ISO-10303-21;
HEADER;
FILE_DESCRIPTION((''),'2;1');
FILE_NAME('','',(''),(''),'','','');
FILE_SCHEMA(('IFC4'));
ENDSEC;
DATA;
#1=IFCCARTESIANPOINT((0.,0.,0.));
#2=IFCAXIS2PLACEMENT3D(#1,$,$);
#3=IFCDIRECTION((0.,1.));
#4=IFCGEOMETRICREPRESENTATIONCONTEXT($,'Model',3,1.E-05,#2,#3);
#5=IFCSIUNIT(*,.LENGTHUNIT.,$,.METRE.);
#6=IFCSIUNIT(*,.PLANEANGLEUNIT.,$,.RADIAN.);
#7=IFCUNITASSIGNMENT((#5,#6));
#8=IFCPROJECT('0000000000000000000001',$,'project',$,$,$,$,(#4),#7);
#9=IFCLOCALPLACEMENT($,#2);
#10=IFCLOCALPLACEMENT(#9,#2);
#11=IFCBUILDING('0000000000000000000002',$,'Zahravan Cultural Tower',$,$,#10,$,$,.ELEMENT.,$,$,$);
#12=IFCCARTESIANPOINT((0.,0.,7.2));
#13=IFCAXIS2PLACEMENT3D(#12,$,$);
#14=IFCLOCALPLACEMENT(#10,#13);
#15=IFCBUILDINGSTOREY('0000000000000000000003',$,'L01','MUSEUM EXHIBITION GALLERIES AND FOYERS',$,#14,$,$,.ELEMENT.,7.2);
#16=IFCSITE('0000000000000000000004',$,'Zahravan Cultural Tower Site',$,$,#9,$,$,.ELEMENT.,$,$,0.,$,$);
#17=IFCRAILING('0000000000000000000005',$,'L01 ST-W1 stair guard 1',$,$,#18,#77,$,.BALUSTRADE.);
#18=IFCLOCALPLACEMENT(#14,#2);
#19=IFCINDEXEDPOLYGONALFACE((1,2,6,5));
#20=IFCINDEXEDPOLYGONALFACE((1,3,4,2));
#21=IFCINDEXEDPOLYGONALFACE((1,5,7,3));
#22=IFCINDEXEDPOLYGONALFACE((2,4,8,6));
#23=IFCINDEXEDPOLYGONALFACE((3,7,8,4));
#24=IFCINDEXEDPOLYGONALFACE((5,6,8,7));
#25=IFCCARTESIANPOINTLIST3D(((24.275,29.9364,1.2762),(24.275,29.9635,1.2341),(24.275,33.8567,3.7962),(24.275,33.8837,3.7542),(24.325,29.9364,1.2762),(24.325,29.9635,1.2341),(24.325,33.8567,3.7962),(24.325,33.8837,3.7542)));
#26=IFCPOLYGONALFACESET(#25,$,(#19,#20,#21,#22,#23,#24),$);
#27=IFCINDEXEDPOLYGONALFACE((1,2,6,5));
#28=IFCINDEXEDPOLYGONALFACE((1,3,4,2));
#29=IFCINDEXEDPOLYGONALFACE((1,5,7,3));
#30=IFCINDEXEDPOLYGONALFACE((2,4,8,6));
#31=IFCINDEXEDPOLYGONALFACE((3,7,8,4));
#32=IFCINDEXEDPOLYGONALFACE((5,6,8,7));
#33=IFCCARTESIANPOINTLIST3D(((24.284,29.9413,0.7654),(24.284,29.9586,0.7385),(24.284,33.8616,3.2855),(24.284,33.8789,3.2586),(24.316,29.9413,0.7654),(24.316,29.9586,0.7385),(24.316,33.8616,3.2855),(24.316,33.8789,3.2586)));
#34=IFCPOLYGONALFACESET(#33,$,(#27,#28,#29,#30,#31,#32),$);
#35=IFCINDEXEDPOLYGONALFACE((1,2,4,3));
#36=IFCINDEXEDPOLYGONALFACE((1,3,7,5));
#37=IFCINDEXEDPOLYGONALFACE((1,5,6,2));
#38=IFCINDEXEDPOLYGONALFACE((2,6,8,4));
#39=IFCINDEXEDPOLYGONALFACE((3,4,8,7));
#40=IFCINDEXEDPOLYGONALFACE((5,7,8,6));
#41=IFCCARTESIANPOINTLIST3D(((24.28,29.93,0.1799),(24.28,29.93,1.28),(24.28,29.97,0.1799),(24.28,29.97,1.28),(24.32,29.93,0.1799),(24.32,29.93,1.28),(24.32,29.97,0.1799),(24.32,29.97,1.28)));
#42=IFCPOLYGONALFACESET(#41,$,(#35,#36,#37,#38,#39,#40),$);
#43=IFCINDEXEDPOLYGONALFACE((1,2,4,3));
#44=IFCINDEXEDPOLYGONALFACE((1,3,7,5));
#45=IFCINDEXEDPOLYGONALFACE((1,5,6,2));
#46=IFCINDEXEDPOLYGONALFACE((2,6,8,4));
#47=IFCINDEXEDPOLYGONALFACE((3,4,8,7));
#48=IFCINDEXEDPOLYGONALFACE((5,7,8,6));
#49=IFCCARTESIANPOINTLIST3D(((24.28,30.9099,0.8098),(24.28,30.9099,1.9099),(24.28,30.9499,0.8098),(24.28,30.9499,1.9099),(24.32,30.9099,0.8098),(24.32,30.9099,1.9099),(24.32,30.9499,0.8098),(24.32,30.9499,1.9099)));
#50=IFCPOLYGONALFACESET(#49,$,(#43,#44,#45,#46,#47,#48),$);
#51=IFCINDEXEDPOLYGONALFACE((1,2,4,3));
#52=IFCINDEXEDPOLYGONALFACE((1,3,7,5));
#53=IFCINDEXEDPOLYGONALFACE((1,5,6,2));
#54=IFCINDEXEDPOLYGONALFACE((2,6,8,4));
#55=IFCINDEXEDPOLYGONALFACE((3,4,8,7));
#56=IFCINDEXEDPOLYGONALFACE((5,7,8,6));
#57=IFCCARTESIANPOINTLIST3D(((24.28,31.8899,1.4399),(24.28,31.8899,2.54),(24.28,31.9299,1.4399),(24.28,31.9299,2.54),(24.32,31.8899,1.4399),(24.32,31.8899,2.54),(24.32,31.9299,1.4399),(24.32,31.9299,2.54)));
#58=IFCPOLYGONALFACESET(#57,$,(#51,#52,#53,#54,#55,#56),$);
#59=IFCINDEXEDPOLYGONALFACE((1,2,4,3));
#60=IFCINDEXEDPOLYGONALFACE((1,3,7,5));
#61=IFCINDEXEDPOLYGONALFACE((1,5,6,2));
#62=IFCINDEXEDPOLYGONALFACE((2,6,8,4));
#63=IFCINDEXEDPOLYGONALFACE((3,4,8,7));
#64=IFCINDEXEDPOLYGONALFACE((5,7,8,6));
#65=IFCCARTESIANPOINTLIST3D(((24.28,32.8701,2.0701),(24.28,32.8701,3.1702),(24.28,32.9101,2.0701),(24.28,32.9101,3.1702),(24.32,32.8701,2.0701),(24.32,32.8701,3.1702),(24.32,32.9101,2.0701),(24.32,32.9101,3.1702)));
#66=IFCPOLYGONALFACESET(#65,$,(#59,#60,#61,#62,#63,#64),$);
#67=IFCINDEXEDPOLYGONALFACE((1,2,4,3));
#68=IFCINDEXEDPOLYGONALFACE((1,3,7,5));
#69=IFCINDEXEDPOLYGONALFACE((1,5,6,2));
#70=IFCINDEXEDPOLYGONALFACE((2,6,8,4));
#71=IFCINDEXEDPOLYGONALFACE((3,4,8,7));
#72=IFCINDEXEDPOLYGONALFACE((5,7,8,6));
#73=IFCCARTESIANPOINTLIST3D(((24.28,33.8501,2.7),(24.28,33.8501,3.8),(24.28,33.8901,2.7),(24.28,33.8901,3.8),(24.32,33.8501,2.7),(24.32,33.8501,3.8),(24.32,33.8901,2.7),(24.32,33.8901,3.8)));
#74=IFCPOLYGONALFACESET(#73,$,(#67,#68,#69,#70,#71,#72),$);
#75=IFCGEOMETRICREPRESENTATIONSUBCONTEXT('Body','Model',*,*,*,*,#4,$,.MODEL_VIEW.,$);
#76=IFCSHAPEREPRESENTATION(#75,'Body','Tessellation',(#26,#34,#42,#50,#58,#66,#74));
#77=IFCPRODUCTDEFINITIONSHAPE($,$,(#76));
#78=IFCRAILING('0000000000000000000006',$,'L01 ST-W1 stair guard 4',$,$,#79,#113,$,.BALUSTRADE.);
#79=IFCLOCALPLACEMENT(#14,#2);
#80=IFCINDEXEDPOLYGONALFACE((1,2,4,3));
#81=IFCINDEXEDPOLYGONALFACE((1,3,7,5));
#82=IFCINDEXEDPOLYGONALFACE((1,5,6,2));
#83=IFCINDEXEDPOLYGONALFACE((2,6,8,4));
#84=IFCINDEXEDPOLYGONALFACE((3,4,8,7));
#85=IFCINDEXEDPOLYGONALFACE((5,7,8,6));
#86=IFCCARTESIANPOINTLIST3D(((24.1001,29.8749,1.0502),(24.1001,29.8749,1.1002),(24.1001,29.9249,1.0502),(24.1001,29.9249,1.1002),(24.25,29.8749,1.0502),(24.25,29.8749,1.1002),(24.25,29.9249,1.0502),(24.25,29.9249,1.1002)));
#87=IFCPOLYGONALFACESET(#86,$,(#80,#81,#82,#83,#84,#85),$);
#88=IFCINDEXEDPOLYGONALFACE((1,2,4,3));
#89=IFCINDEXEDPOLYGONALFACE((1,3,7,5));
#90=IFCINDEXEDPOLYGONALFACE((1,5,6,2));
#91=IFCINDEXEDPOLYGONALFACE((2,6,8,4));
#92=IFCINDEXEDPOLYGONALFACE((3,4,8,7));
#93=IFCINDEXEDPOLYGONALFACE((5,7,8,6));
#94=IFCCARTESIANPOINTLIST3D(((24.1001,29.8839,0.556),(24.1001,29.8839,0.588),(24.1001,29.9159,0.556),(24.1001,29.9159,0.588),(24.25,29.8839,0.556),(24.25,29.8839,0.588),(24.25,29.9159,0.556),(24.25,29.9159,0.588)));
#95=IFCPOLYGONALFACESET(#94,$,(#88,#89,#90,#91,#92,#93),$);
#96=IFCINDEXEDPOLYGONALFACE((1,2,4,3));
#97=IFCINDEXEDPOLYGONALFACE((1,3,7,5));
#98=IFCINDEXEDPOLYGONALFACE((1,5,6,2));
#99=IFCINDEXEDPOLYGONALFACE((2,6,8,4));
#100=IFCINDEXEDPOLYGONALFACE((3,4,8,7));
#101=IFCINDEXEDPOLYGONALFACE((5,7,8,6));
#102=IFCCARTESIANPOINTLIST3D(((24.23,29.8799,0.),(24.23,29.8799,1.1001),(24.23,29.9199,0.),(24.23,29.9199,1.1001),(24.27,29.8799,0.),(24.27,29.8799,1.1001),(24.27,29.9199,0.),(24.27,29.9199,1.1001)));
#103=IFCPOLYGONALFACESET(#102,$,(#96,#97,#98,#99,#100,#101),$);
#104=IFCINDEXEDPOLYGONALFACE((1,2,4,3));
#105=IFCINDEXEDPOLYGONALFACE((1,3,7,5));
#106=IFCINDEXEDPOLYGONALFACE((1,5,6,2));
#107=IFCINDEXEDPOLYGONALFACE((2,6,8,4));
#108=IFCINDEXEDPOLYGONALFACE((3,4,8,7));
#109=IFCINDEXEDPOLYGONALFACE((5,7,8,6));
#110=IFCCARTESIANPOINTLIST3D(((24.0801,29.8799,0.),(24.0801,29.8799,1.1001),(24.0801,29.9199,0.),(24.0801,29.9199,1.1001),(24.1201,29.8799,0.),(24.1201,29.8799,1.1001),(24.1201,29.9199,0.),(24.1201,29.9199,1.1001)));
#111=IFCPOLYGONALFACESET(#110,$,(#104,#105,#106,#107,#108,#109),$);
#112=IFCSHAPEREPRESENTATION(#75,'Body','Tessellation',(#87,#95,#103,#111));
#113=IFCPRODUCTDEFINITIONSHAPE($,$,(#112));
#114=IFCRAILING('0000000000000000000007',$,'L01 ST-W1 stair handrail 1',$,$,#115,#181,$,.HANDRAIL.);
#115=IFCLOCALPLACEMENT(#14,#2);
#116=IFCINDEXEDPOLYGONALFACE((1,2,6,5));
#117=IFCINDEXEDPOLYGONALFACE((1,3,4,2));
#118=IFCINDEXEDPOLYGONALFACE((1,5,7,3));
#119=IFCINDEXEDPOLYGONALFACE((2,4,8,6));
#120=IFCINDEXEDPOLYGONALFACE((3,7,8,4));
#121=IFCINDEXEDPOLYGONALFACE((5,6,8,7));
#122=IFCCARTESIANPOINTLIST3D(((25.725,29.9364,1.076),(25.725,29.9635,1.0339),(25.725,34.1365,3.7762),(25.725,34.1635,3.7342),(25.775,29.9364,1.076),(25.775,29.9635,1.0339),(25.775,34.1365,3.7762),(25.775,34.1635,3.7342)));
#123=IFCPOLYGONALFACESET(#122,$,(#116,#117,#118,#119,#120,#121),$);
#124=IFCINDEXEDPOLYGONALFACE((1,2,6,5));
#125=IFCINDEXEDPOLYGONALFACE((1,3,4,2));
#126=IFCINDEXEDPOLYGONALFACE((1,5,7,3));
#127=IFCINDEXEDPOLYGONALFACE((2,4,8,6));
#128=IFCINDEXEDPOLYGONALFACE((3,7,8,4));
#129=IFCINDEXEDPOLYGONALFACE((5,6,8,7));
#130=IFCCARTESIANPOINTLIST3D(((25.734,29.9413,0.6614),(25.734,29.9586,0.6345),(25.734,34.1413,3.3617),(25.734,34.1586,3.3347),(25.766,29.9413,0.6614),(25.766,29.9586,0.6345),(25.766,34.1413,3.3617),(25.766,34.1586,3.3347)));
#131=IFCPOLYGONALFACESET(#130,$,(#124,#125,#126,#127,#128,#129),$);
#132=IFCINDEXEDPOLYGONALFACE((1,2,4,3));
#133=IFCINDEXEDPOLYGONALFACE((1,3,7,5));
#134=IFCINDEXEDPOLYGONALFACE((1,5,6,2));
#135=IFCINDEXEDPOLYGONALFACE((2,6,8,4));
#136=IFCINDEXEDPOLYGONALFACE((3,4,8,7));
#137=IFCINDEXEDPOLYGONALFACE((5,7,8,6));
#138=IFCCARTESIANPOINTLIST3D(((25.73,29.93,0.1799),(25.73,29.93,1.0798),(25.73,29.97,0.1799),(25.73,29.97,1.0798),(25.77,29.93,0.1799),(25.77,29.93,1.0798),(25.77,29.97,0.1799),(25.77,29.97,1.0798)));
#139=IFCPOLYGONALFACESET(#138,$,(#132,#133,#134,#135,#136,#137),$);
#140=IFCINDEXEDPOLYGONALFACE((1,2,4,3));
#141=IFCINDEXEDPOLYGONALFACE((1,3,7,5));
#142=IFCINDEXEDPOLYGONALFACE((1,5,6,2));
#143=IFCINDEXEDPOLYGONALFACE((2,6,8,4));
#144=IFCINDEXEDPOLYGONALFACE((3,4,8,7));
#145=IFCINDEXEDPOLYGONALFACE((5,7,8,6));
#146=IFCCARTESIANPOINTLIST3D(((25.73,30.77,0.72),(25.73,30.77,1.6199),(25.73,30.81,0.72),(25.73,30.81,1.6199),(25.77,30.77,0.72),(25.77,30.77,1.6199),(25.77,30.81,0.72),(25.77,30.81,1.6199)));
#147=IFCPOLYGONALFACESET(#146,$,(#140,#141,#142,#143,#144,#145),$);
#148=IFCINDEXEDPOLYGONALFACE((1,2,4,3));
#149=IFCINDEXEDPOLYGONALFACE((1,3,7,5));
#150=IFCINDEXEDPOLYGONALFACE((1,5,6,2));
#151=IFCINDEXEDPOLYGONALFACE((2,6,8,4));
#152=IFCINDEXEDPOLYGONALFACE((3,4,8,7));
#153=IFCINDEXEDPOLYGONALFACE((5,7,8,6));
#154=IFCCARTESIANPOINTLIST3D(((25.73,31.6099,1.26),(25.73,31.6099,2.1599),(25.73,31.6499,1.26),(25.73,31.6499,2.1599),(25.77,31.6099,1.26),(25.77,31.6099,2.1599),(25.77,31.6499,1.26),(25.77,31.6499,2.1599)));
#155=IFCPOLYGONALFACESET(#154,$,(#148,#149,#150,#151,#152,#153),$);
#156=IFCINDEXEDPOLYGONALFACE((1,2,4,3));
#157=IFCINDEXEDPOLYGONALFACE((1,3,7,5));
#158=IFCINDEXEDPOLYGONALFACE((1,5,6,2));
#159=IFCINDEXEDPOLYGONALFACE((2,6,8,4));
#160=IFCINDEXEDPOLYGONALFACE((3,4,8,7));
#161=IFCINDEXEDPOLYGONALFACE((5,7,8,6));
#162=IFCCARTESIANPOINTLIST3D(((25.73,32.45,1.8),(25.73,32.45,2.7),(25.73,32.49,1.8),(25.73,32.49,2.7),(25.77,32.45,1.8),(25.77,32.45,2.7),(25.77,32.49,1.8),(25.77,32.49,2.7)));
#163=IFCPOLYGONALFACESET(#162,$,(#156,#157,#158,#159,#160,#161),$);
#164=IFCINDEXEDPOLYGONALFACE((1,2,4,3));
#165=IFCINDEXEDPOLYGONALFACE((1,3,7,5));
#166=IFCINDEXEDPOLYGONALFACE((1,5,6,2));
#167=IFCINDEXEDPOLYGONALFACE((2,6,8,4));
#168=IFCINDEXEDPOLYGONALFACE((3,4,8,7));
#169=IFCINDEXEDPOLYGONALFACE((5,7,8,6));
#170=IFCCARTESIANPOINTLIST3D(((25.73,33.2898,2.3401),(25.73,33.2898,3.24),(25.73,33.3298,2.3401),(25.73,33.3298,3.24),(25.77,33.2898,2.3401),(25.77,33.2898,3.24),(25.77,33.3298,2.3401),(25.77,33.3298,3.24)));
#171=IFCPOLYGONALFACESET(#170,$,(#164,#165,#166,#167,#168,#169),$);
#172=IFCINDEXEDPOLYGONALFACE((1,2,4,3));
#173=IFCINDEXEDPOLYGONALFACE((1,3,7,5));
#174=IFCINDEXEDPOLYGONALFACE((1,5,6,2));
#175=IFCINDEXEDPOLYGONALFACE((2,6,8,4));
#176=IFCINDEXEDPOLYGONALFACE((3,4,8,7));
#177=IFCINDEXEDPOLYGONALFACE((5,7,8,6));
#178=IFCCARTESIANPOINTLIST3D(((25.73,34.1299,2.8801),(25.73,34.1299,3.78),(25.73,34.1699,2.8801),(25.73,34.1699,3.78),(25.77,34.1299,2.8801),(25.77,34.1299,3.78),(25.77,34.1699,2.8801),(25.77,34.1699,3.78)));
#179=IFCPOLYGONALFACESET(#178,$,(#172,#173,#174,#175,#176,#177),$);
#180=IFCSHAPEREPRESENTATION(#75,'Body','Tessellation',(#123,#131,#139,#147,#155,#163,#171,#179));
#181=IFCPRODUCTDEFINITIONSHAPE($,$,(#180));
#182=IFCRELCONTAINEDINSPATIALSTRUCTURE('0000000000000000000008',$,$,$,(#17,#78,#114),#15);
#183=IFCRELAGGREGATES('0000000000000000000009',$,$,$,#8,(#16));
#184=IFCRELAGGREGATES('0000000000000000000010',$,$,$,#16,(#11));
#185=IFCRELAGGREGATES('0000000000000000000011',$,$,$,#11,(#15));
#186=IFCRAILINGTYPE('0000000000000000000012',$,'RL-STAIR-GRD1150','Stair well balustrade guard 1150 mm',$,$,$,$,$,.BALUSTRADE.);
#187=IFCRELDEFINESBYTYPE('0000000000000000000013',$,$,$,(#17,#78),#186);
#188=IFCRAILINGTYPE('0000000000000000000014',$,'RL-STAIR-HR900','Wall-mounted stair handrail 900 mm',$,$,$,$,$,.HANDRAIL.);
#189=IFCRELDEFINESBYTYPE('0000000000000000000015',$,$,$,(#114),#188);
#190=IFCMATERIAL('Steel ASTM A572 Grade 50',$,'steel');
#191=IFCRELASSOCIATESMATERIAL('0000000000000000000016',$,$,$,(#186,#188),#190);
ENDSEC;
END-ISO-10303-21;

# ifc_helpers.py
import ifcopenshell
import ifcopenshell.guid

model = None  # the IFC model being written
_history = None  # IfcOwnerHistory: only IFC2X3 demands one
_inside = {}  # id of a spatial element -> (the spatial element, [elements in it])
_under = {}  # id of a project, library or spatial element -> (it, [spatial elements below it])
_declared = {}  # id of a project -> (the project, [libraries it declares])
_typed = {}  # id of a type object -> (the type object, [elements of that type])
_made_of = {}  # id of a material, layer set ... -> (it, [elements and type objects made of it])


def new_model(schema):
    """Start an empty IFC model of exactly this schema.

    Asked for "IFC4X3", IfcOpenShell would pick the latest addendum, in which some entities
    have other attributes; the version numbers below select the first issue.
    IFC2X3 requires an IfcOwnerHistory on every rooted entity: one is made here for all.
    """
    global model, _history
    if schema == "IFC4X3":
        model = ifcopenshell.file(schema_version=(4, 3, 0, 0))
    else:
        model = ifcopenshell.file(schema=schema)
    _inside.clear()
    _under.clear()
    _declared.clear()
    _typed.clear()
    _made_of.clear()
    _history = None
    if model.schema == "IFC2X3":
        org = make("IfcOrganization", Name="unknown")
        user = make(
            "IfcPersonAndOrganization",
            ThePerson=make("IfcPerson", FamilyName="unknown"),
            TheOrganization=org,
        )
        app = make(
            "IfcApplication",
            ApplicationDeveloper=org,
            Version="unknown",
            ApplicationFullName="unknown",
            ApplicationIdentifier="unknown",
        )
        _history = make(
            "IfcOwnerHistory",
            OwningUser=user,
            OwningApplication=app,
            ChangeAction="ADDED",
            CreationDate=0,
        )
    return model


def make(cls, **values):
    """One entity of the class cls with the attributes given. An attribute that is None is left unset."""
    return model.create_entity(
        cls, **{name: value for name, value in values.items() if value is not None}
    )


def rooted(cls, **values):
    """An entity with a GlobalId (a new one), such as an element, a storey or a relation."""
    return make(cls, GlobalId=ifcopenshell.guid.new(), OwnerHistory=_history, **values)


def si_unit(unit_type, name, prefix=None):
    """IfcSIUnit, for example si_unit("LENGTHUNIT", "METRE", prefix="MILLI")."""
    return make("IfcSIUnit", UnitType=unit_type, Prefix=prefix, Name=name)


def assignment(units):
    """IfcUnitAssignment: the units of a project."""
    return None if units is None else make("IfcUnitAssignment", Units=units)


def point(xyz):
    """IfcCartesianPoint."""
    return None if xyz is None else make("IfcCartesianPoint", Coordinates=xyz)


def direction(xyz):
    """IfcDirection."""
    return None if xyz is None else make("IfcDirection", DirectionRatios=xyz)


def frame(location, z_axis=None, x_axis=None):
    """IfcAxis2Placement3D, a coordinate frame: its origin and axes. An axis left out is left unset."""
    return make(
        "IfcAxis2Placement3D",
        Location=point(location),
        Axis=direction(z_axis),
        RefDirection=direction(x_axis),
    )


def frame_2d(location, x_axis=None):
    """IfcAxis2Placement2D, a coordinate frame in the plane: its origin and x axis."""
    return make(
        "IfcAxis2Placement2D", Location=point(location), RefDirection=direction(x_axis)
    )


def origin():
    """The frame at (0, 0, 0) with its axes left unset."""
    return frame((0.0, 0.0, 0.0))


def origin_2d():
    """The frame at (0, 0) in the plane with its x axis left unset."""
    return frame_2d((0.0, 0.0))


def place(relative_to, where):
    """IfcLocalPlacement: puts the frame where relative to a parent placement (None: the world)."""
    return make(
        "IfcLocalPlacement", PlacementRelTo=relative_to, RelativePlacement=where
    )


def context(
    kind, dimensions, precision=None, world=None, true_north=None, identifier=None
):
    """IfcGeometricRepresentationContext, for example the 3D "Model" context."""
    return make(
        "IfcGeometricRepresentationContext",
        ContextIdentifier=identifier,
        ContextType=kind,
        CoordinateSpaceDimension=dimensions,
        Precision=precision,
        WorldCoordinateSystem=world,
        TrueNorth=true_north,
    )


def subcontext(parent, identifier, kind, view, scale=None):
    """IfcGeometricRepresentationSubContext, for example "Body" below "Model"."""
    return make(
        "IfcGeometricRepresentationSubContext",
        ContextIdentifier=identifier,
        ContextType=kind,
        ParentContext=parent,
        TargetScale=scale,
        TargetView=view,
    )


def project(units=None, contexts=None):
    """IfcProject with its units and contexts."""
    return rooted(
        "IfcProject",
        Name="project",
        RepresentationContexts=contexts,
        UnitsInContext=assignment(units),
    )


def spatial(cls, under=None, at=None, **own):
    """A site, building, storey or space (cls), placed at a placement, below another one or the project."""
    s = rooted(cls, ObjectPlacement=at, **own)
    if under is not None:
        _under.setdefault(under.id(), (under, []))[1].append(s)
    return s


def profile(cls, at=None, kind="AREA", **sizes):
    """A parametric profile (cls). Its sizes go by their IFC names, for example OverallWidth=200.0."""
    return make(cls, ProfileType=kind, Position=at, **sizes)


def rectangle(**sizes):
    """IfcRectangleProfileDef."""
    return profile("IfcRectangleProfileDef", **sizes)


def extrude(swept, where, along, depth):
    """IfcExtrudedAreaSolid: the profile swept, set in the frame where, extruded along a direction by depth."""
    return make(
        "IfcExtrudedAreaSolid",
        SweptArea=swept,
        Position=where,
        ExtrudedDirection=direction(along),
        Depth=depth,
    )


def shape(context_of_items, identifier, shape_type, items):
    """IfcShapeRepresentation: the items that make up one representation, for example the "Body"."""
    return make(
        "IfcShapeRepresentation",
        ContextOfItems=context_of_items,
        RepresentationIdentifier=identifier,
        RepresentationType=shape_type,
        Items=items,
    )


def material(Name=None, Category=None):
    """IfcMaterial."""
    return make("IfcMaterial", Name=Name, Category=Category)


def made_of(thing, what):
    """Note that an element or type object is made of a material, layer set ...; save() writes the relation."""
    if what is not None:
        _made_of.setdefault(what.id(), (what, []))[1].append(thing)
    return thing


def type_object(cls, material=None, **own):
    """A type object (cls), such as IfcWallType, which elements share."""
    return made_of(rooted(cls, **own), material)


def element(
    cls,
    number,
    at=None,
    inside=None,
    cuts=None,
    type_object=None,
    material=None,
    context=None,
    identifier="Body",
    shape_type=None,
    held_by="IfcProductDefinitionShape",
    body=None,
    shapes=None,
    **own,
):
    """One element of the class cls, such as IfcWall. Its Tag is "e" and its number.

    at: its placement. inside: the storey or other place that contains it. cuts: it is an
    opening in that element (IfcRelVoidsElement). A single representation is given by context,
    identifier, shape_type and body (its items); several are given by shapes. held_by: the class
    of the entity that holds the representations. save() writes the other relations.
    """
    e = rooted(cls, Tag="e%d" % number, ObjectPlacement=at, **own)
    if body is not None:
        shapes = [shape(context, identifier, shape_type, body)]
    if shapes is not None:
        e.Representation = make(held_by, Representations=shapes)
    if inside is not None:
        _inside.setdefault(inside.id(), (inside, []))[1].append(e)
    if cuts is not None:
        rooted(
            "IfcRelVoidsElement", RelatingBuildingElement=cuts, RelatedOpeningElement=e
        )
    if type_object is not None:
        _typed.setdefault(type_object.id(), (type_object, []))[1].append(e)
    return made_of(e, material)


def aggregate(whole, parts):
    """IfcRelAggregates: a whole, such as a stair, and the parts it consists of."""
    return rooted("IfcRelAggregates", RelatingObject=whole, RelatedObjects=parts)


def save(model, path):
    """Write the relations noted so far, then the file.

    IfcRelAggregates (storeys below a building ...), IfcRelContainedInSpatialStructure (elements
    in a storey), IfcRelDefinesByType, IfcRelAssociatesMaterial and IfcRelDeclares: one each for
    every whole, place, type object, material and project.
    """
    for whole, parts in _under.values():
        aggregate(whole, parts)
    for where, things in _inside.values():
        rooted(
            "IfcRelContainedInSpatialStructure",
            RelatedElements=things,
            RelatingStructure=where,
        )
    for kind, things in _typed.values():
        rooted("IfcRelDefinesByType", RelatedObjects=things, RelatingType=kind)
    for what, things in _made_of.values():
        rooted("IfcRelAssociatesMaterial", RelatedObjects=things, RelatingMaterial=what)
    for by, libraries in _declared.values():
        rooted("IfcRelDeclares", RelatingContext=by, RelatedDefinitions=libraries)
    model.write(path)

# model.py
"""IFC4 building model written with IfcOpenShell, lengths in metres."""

from ifc_helpers import new_model, si_unit, direction, frame, origin, origin_2d, place, context, subcontext, project, spatial, rectangle, extrude, material, type_object, element, save


model = new_model("IFC4")

# Units and contexts
model_context = context("Model", 3, precision=1e-05, world=origin(), true_north=direction((0.0, 1.0)))
body_context = subcontext(model_context, "Body", "Model", "MODEL_VIEW")
ifc_project = project(units=[si_unit("LENGTHUNIT", "METRE"), si_unit("PLANEANGLEUNIT", "RADIAN")], contexts=[model_context])

# Site, building, storey
site_placement = place(None, origin())
site = spatial("IfcSite", under=ifc_project, at=site_placement, Name="Zahravan Cultural Tower Site", CompositionType="ELEMENT", RefElevation=0.0)
building_placement = place(site_placement, origin())
building = spatial("IfcBuilding", under=site, at=building_placement, Name="Zahravan Cultural Tower", CompositionType="ELEMENT")
storey_placement = place(building_placement, frame((0.0, 0.0, 7.2)))
storey = spatial("IfcBuildingStorey", under=building, at=storey_placement, Name="L01", Description="MUSEUM EXHIBITION GALLERIES AND FOYERS", CompositionType="ELEMENT", Elevation=7.2)

# Shared definitions
ifc_material_1 = material(Name="Steel ASTM A572 Grade 50", Category="steel")

# Railings
railing_type_1 = type_object("IfcRailingType", Name="RL-STAIR-GRD1150", Description="Stair well balustrade guard 1150 mm", PredefinedType="BALUSTRADE", material=ifc_material_1)
railing_1_placement = place(storey_placement, frame((24.3, 29.95, 0.1799)))
element("IfcRailing", 1, at=railing_1_placement, inside=storey, type_object=railing_type_1, Name="L01 ST-W1 stair guard 1", PredefinedType="BALUSTRADE", context=body_context, shape_type="SweptSolid", body=[
    extrude(rectangle(XDim=0.05, YDim=0.05, at=origin_2d()), frame((0.0, 0.0, 1.0752), z_axis=(0.0, 0.841187, 0.540744), x_axis=(-1.0, 0.0, 0.0)), (0.0, 0.0, 1.0), 4.6604),
    extrude(rectangle(XDim=0.032, YDim=0.032, at=origin_2d()), frame((0.0, 0.0, 0.572), z_axis=(0.0, 0.841187, 0.540744), x_axis=(-1.0, 0.0, 0.0)), (0.0, 0.0, 1.0), 4.6604),
    extrude(rectangle(XDim=0.04, YDim=0.04, at=origin_2d()), origin(), (0.0, 0.0, 1.0), 1.1001),
    extrude(rectangle(XDim=0.04, YDim=0.04, at=origin_2d()), frame((0.0, 0.98, 0.6299)), (0.0, 0.0, 1.0), 1.1001),
    extrude(rectangle(XDim=0.04, YDim=0.04, at=origin_2d()), frame((0.0, 1.96, 1.26)), (0.0, 0.0, 1.0), 1.1001),
    extrude(rectangle(XDim=0.04, YDim=0.04, at=origin_2d()), frame((0.0, 2.9402, 1.8901)), (0.0, 0.0, 1.0), 1.1001),
    extrude(rectangle(XDim=0.04, YDim=0.04, at=origin_2d()), frame((0.0, 3.9202, 2.52)), (0.0, 0.0, 1.0), 1.1001),
])
railing_2_placement = place(storey_placement, frame((24.25, 29.8999, 0.0)))
element("IfcRailing", 2, at=railing_2_placement, inside=storey, type_object=railing_type_1, Name="L01 ST-W1 stair guard 4", PredefinedType="BALUSTRADE", context=body_context, shape_type="SweptSolid", body=[
    extrude(rectangle(XDim=0.05, YDim=0.05, at=origin_2d()), frame((0.0, 0.0, 1.0752), z_axis=(-1.0, 0.0, 0.0), x_axis=(0.0, -1.0, 0.0)), (0.0, 0.0, 1.0), 0.1499),
    extrude(rectangle(XDim=0.032, YDim=0.032, at=origin_2d()), frame((0.0, 0.0, 0.572), z_axis=(-1.0, 0.0, 0.0), x_axis=(0.0, -1.0, 0.0)), (0.0, 0.0, 1.0), 0.1499),
    extrude(rectangle(XDim=0.04, YDim=0.04, at=origin_2d()), origin(), (0.0, 0.0, 1.0), 1.1001),
    extrude(rectangle(XDim=0.04, YDim=0.04, at=origin_2d()), frame((-0.1499, 0.0, 0.0)), (0.0, 0.0, 1.0), 1.1001),
])
railing_type_2 = type_object("IfcRailingType", Name="RL-STAIR-HR900", Description="Wall-mounted stair handrail 900 mm", PredefinedType="HANDRAIL", material=ifc_material_1)
railing_3_placement = place(storey_placement, frame((25.75, 29.95, 0.1799)))
element("IfcRailing", 3, at=railing_3_placement, inside=storey, type_object=railing_type_2, Name="L01 ST-W1 stair handrail 1", PredefinedType="HANDRAIL", context=body_context, shape_type="SweptSolid", body=[
    extrude(rectangle(XDim=0.05, YDim=0.05, at=origin_2d()), frame((0.0, 0.0, 0.875), z_axis=(0.0, 0.841158, 0.54079), x_axis=(-1.0, 0.0, 0.0)), (0.0, 0.0, 1.0), 4.9932),
    extrude(rectangle(XDim=0.032, YDim=0.032, at=origin_2d()), frame((0.0, 0.0, 0.468), z_axis=(0.0, 0.841158, 0.54079), x_axis=(-1.0, 0.0, 0.0)), (0.0, 0.0, 1.0), 4.9932),
    extrude(rectangle(XDim=0.04, YDim=0.04, at=origin_2d()), origin(), (0.0, 0.0, 1.0), 0.8999),
    extrude(rectangle(XDim=0.04, YDim=0.04, at=origin_2d()), frame((0.0, 0.8401, 0.54)), (0.0, 0.0, 1.0), 0.8999),
    extrude(rectangle(XDim=0.04, YDim=0.04, at=origin_2d()), frame((0.0, 1.6799, 1.0801)), (0.0, 0.0, 1.0), 0.8999),
    extrude(rectangle(XDim=0.04, YDim=0.04, at=origin_2d()), frame((0.0, 2.52, 1.6201)), (0.0, 0.0, 1.0), 0.8999),
    extrude(rectangle(XDim=0.04, YDim=0.04, at=origin_2d()), frame((0.0, 3.3599, 2.1602)), (0.0, 0.0, 1.0), 0.8999),
    extrude(rectangle(XDim=0.04, YDim=0.04, at=origin_2d()), frame((0.0, 4.2, 2.7002)), (0.0, 0.0, 1.0), 0.8999),
])

save(model, "model.ifc")
